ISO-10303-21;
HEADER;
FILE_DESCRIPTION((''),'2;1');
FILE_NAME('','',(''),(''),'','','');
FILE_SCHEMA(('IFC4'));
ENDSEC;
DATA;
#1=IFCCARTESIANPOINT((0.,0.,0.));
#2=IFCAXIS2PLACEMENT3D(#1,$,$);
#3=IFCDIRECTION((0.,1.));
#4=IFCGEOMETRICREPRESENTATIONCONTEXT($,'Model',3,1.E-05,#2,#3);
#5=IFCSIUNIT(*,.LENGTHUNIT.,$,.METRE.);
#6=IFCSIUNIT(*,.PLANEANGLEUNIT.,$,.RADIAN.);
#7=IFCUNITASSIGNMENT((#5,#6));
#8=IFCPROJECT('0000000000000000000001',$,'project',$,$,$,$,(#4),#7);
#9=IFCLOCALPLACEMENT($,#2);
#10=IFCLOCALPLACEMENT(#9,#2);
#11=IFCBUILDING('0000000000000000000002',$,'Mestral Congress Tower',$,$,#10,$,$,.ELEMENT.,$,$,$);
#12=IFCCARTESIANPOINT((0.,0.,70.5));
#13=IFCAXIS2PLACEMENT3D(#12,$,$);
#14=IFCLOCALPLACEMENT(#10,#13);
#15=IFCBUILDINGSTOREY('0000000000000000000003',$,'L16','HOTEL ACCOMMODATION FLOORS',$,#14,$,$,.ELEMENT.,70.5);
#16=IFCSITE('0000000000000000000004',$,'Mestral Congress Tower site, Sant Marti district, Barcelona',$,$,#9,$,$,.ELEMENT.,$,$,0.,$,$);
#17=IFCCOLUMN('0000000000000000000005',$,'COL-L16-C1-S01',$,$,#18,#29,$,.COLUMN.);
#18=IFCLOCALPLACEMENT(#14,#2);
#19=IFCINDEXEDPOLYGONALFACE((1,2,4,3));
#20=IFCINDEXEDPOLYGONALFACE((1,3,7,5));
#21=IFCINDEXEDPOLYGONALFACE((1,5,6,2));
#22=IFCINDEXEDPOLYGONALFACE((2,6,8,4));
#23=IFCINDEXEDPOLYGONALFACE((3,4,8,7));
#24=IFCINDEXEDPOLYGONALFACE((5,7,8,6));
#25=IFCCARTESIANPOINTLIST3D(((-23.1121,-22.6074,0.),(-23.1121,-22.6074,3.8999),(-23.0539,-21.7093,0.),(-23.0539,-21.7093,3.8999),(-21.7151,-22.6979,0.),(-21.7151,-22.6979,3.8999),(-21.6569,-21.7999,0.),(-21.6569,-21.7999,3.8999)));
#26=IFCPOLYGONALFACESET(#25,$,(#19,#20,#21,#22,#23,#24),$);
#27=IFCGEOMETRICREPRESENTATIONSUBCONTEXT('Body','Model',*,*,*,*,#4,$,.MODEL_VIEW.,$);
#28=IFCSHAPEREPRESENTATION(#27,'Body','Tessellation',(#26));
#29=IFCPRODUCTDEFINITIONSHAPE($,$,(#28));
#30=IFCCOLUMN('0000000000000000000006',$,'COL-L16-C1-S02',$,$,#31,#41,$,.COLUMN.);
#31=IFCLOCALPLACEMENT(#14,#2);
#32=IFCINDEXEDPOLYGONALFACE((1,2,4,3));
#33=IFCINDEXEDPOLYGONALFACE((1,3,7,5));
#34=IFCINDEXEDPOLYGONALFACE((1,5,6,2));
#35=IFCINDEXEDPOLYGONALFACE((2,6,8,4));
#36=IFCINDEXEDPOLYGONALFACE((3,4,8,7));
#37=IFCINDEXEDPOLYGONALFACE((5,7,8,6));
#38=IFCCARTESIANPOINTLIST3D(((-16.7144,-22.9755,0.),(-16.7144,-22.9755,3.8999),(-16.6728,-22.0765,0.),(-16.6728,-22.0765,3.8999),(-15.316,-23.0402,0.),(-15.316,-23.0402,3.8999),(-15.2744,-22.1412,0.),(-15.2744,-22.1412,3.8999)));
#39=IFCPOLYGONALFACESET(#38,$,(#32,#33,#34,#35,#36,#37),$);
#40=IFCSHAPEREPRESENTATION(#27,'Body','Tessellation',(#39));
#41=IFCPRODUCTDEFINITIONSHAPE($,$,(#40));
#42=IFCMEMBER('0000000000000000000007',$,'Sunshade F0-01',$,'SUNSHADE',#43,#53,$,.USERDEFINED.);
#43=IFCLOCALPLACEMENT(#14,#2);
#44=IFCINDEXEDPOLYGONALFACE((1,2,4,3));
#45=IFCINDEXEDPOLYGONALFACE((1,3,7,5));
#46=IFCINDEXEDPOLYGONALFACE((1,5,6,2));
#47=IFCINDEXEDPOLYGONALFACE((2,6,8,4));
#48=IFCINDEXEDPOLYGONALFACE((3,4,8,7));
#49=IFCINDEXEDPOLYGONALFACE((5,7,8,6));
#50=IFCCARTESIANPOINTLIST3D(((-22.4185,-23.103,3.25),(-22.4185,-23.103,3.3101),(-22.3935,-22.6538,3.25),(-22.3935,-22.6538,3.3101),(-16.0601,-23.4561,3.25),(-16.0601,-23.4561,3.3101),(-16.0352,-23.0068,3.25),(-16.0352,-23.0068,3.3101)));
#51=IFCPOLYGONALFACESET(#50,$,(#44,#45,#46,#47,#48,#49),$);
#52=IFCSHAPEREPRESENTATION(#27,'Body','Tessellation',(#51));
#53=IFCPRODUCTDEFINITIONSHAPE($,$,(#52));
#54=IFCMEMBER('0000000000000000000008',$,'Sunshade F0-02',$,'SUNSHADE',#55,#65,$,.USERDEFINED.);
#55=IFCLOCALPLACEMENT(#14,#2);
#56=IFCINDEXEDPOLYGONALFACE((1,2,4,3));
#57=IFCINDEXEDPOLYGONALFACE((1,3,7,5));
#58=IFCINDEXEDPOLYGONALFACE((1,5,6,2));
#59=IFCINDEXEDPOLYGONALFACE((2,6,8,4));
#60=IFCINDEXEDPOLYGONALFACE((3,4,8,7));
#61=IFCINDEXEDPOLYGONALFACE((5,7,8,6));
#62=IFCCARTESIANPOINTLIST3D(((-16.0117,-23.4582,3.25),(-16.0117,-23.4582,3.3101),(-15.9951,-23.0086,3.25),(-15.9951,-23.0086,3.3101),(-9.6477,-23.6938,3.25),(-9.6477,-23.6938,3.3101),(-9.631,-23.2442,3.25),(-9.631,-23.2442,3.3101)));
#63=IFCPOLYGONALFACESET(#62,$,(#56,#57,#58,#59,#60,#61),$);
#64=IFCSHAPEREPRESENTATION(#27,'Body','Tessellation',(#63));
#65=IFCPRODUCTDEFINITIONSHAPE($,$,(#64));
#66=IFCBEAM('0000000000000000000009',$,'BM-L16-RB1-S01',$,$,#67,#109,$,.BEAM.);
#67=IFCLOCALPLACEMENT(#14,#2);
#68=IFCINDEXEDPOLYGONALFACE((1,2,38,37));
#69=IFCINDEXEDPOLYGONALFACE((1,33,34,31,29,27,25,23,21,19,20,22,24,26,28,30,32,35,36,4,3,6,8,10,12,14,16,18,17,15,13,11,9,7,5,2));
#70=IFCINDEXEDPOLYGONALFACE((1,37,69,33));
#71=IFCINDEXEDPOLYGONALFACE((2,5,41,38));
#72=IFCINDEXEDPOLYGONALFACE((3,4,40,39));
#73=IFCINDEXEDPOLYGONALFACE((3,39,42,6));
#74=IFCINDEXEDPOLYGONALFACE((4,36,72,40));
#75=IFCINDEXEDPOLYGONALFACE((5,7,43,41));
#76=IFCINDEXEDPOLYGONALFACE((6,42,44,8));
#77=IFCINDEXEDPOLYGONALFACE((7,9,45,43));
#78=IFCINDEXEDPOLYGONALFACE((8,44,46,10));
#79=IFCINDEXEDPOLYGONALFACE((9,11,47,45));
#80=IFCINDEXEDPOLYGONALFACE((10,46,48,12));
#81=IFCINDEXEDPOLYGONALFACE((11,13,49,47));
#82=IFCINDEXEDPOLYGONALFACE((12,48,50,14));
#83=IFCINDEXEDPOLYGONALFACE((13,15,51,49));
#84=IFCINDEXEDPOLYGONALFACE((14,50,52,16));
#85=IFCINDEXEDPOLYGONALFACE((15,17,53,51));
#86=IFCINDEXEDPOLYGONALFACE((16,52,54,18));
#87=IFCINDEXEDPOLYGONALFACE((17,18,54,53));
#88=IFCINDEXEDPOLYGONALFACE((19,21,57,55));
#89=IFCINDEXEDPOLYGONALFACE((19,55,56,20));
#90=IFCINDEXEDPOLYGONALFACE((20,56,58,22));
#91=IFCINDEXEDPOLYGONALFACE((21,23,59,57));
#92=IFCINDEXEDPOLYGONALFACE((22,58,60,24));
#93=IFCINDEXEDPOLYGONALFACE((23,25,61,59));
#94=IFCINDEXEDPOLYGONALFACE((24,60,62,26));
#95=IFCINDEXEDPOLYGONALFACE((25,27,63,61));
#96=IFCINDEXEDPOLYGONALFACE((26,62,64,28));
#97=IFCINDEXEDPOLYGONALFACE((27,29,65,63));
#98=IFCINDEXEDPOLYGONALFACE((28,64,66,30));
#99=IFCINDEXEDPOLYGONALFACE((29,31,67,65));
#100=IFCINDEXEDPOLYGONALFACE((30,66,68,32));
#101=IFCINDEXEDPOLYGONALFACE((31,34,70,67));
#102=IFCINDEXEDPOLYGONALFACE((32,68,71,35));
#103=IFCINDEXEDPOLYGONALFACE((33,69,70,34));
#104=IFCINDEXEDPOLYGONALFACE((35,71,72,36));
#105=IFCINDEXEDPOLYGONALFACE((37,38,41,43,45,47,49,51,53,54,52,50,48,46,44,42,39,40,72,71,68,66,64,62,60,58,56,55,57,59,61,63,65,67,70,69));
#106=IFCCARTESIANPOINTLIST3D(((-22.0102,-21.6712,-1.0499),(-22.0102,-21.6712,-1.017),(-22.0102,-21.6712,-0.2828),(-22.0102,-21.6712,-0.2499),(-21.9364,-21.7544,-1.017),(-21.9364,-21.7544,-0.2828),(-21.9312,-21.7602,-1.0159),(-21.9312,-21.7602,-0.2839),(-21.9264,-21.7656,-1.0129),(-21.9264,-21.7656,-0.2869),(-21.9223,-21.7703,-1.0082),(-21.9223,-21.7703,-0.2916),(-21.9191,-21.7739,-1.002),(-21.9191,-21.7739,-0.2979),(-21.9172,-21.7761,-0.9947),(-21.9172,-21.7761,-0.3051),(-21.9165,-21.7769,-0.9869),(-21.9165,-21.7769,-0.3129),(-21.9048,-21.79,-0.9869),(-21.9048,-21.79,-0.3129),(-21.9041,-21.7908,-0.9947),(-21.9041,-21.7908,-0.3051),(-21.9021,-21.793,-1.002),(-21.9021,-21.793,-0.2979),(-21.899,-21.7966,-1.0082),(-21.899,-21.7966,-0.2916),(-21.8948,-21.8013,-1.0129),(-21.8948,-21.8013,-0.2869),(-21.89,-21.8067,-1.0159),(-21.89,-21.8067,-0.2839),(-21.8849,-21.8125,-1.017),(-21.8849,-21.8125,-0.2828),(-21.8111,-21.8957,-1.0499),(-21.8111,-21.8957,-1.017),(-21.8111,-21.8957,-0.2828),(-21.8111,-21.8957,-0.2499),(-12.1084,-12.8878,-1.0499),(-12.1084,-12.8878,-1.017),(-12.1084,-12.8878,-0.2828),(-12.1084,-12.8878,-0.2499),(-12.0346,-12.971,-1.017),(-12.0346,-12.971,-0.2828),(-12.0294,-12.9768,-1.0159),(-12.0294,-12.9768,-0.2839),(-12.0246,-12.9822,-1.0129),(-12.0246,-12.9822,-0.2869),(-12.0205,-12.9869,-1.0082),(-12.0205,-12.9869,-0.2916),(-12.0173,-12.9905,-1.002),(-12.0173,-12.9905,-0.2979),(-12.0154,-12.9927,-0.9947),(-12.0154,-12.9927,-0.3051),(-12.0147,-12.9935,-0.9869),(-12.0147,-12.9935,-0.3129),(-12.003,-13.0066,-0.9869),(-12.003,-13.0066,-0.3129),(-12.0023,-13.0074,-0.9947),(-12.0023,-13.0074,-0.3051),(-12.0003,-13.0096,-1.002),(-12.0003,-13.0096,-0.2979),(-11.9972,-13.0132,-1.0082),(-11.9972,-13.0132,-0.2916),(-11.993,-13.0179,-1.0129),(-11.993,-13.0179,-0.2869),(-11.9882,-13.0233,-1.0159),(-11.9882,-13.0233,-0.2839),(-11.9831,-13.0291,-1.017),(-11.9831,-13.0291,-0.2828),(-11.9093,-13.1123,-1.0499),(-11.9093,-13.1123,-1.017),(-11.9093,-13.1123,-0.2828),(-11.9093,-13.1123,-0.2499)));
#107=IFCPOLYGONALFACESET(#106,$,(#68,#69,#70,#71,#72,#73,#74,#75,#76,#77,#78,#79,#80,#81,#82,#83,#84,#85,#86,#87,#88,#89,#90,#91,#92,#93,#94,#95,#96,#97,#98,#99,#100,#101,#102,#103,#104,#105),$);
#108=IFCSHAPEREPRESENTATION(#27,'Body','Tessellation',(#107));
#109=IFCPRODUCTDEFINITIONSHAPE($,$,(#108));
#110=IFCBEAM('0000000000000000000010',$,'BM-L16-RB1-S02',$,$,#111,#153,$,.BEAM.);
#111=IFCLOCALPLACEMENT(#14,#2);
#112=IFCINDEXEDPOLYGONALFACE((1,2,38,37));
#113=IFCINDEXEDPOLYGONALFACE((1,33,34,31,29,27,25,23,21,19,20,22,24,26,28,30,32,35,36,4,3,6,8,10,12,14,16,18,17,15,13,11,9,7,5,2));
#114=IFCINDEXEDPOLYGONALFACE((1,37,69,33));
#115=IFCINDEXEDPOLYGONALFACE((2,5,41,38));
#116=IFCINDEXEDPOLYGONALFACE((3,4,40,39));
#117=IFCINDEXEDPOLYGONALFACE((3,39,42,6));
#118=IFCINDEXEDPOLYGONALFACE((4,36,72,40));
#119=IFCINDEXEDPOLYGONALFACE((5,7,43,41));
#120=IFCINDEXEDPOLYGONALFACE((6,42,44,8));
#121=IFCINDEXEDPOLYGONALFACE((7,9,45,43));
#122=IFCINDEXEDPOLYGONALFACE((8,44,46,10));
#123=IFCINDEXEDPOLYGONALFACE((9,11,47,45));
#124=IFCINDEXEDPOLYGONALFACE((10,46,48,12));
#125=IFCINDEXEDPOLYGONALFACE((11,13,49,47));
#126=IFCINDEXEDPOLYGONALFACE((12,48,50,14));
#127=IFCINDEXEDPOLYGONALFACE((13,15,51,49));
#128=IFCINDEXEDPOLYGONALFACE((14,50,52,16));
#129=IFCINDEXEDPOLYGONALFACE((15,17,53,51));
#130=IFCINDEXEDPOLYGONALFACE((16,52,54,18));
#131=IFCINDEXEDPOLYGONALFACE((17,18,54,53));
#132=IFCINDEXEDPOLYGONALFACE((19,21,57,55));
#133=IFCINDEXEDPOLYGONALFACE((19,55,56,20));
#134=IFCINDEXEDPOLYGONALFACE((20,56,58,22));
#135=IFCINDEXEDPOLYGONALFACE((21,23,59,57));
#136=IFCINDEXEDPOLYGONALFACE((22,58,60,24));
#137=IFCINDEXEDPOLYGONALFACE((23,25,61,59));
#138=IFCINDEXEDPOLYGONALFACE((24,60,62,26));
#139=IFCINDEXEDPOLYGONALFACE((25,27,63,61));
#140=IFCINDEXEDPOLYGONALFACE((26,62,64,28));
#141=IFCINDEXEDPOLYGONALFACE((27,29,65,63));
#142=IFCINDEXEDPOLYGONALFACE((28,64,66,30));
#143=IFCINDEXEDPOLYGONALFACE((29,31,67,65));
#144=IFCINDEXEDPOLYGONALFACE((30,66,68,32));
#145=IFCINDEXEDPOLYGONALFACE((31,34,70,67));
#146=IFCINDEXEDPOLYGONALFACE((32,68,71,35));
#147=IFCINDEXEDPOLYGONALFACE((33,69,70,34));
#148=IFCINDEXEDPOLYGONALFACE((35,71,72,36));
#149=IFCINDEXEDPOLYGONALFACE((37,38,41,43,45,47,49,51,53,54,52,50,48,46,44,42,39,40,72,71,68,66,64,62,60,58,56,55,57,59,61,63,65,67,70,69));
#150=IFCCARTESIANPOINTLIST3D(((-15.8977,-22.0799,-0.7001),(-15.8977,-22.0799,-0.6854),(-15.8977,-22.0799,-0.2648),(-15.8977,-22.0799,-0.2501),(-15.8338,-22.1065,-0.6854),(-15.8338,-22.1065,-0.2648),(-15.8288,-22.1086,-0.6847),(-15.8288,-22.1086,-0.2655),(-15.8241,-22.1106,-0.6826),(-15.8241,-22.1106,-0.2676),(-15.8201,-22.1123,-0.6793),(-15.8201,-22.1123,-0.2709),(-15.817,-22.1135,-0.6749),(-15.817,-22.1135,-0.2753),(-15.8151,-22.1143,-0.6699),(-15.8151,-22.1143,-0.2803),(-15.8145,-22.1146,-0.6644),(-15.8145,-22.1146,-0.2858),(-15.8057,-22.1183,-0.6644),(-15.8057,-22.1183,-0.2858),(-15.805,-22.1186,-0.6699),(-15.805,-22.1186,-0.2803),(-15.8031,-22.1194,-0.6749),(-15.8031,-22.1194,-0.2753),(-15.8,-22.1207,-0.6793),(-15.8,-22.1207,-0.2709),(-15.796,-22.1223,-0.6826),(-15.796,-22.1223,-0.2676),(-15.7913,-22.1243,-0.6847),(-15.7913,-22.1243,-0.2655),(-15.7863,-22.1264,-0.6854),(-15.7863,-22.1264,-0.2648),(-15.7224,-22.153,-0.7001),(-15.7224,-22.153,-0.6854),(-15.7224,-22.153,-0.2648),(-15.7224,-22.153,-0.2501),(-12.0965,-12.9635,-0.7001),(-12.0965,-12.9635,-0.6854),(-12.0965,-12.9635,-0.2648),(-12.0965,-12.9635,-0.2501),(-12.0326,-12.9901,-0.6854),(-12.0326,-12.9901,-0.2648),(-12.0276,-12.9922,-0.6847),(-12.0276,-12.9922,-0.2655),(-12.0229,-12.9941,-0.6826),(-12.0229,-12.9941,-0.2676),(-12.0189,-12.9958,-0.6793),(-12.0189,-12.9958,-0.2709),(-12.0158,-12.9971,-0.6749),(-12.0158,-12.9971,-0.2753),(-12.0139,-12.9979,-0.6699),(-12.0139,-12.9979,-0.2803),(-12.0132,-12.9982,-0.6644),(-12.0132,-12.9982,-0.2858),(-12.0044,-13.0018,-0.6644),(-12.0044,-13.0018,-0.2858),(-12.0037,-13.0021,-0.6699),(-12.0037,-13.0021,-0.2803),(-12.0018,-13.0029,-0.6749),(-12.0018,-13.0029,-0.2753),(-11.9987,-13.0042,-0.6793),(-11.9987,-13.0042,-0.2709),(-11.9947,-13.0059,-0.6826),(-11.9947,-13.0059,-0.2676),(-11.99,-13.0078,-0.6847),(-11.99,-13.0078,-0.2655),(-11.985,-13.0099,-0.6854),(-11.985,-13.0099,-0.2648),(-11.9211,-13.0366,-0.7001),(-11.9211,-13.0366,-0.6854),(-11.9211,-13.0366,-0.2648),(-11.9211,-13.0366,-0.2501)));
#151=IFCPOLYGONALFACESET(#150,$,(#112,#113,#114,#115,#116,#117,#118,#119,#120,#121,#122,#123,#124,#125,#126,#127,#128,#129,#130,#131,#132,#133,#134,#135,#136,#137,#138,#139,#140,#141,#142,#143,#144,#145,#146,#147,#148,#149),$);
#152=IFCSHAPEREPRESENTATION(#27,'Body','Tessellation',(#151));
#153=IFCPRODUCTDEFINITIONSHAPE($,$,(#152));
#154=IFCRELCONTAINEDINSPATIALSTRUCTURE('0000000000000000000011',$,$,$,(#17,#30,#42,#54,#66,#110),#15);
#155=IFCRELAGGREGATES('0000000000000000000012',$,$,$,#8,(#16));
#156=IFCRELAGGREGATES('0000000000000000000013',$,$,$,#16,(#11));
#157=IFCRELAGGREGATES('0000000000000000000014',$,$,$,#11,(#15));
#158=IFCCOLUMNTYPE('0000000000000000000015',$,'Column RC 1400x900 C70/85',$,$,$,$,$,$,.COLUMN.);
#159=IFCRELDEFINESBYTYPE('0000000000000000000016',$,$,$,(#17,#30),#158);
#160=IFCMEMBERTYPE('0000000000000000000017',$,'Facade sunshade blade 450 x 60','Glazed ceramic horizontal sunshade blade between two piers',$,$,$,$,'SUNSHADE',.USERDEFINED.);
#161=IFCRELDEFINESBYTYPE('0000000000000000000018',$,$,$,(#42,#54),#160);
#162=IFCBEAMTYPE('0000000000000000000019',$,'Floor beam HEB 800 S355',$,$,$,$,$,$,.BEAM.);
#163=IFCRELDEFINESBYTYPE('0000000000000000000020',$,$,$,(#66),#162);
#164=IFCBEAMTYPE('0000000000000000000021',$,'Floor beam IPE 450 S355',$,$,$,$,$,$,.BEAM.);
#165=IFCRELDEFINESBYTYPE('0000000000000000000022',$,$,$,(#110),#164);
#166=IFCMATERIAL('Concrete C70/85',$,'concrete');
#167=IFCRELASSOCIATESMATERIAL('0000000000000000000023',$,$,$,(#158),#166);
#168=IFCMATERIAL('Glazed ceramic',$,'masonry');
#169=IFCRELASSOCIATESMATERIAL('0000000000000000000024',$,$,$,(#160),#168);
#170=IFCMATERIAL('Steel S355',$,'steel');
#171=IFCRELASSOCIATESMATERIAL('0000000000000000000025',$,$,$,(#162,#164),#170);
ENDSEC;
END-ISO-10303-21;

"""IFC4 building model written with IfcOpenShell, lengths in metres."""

from ifc_helpers import new_model, si_unit, direction, frame, origin, origin_2d, place, context, subcontext, project, spatial, rectangle, i_section, extrude, material, material_profile, profile_set, type_object, element, save


model = new_model("IFC4")

# Units and contexts
model_context = context("Model", 3, precision=1e-05, world=origin(), true_north=direction((0.0, 1.0)))
body_context = subcontext(model_context, "Body", "Model", "MODEL_VIEW")
ifc_project = project(units=[si_unit("LENGTHUNIT", "METRE"), si_unit("PLANEANGLEUNIT", "RADIAN")], contexts=[model_context])

# Site, building, storey
site_placement = place(None, origin())
site = spatial("IfcSite", under=ifc_project, at=site_placement, Name="Mestral Congress Tower site, Sant Marti district, Barcelona", CompositionType="ELEMENT", RefElevation=0.0)
building_placement = place(site_placement, origin())
building = spatial("IfcBuilding", under=site, at=building_placement, Name="Mestral Congress Tower", CompositionType="ELEMENT")
storey_placement = place(building_placement, frame((0.0, 0.0, 70.5)))
storey = spatial("IfcBuildingStorey", under=building, at=storey_placement, Name="L16", Description="HOTEL ACCOMMODATION FLOORS", CompositionType="ELEMENT", Elevation=70.5)

# Columns
ifc_material_1 = material(Name="Concrete C70/85", Category="concrete")
ifc_material_profile_1 = material_profile(ifc_material_1, rectangle(XDim=1.3999, YDim=0.8999, at=origin_2d()), Name="RC 1400x900")
ifc_profile_set_1 = profile_set([ifc_material_profile_1], Name="Concrete C70/85")
column_type = type_object("IfcColumnType", Name="Column RC 1400x900 C70/85", PredefinedType="COLUMN", material=ifc_profile_set_1)
for number, where, z_axis, x_axis, name in (
    (1, (-22.3845, -22.2036, 0.0), (0.0, 0.0, 1.0), (0.997908, -0.064658, 0.0), "COL-L16-C1-S01"),
    (2, (-15.9944, -22.5583, 0.0), (0.0, 0.0, 1.0), (0.998932, -0.0462, 0.0), "COL-L16-C1-S02"),
):
    element("IfcColumn", number, at=place(storey_placement, frame(where, z_axis=z_axis, x_axis=x_axis)), inside=storey, type_object=column_type, Name=name, PredefinedType="COLUMN", context=body_context, shape_type="SweptSolid", body=[
        extrude(rectangle(XDim=1.3999, YDim=0.8999, at=origin_2d()), origin(), (0.0, 0.0, 1.0), 3.8999),
    ])

# Members
ifc_material_2 = material(Name="Glazed ceramic", Category="masonry")
ifc_material_profile_2 = material_profile(ifc_material_2, rectangle(XDim=0.45, YDim=0.0601, at=origin_2d()), Name="Ceramic blade 450 x 60")
ifc_profile_set_2 = profile_set([ifc_material_profile_2], Name="Glazed ceramic")
member_type = type_object("IfcMemberType", Name="Facade sunshade blade 450 x 60", Description="Glazed ceramic horizontal sunshade blade between two piers", ElementType="SUNSHADE", PredefinedType="USERDEFINED", material=ifc_profile_set_2)
member_1_placement = place(storey_placement, frame((-22.406, -22.8784, 3.28), z_axis=(0.998462, -0.055436, 0.0), x_axis=(0.055436, 0.998462, 0.0)))
element("IfcMember", 3, at=member_1_placement, inside=storey, type_object=member_type, Name="Sunshade F0-01", ObjectType="SUNSHADE", PredefinedType="USERDEFINED", context=body_context, shape_type="SweptSolid", body=[
    extrude(rectangle(XDim=0.45, YDim=0.0601, at=origin_2d()), origin(), (0.0, 0.0, 1.0), 6.3682),
])
member_2_placement = place(storey_placement, frame((-16.0034, -23.2334, 3.28), z_axis=(0.999315, -0.036995, 0.0), x_axis=(0.036995, 0.999315, 0.0)))
element("IfcMember", 4, at=member_2_placement, inside=storey, type_object=member_type, Name="Sunshade F0-02", ObjectType="SUNSHADE", PredefinedType="USERDEFINED", context=body_context, shape_type="SweptSolid", body=[
    extrude(rectangle(XDim=0.45, YDim=0.0601, at=origin_2d()), origin(), (0.0, 0.0, 1.0), 6.3684),
])

# Beams
ifc_material_3 = material(Name="Steel S355", Category="steel")
ifc_material_profile_3 = material_profile(ifc_material_3, i_section(OverallWidth=0.3, OverallDepth=0.8, WebThickness=0.0176, FlangeThickness=0.033, FilletRadius=0.03, at=origin_2d()), Name="HEB 800")
ifc_profile_set_3 = profile_set([ifc_material_profile_3], Name="Steel S355")
beam_type_1 = type_object("IfcBeamType", Name="Floor beam HEB 800 S355", PredefinedType="BEAM", material=ifc_profile_set_3)
beam_1_placement = place(storey_placement, frame((-21.9106, -21.7834, -0.6499), z_axis=(0.748092, 0.663595, 0.0), x_axis=(-0.663595, 0.748092, 0.0)))
element("IfcBeam", 5, at=beam_1_placement, inside=storey, type_object=beam_type_1, Name="BM-L16-RB1-S01", PredefinedType="BEAM", context=body_context, shape_type="SweptSolid", body=[
    extrude(i_section(OverallWidth=0.3, OverallDepth=0.8, WebThickness=0.0176, FlangeThickness=0.033, FilletRadius=0.03, at=origin_2d()), origin(), (0.0, 0.0, 1.0), 13.2361),
])
ifc_material_profile_4 = material_profile(ifc_material_3, i_section(OverallWidth=0.1899, OverallDepth=0.45, WebThickness=0.0095, FlangeThickness=0.0146, FilletRadius=0.021, at=origin_2d()), Name="IPE 450")
ifc_profile_set_4 = profile_set([ifc_material_profile_4], Name="Steel S355")
beam_type_2 = type_object("IfcBeamType", Name="Floor beam IPE 450 S355", PredefinedType="BEAM", material=ifc_profile_set_4)
beam_2_placement = place(storey_placement, frame((-15.8101, -22.1165, -0.4751), z_axis=(0.384852, 0.922978, 0.0), x_axis=(-0.922978, 0.384852, 0.0)))
element("IfcBeam", 6, at=beam_2_placement, inside=storey, type_object=beam_type_2, Name="BM-L16-RB1-S02", PredefinedType="BEAM", context=body_context, shape_type="SweptSolid", body=[
    extrude(i_section(OverallWidth=0.1899, OverallDepth=0.45, WebThickness=0.0095, FlangeThickness=0.0146, FilletRadius=0.021, at=origin_2d()), origin(), (0.0, 0.0, 1.0), 9.8772),
])

save(model, "model.ifc")
